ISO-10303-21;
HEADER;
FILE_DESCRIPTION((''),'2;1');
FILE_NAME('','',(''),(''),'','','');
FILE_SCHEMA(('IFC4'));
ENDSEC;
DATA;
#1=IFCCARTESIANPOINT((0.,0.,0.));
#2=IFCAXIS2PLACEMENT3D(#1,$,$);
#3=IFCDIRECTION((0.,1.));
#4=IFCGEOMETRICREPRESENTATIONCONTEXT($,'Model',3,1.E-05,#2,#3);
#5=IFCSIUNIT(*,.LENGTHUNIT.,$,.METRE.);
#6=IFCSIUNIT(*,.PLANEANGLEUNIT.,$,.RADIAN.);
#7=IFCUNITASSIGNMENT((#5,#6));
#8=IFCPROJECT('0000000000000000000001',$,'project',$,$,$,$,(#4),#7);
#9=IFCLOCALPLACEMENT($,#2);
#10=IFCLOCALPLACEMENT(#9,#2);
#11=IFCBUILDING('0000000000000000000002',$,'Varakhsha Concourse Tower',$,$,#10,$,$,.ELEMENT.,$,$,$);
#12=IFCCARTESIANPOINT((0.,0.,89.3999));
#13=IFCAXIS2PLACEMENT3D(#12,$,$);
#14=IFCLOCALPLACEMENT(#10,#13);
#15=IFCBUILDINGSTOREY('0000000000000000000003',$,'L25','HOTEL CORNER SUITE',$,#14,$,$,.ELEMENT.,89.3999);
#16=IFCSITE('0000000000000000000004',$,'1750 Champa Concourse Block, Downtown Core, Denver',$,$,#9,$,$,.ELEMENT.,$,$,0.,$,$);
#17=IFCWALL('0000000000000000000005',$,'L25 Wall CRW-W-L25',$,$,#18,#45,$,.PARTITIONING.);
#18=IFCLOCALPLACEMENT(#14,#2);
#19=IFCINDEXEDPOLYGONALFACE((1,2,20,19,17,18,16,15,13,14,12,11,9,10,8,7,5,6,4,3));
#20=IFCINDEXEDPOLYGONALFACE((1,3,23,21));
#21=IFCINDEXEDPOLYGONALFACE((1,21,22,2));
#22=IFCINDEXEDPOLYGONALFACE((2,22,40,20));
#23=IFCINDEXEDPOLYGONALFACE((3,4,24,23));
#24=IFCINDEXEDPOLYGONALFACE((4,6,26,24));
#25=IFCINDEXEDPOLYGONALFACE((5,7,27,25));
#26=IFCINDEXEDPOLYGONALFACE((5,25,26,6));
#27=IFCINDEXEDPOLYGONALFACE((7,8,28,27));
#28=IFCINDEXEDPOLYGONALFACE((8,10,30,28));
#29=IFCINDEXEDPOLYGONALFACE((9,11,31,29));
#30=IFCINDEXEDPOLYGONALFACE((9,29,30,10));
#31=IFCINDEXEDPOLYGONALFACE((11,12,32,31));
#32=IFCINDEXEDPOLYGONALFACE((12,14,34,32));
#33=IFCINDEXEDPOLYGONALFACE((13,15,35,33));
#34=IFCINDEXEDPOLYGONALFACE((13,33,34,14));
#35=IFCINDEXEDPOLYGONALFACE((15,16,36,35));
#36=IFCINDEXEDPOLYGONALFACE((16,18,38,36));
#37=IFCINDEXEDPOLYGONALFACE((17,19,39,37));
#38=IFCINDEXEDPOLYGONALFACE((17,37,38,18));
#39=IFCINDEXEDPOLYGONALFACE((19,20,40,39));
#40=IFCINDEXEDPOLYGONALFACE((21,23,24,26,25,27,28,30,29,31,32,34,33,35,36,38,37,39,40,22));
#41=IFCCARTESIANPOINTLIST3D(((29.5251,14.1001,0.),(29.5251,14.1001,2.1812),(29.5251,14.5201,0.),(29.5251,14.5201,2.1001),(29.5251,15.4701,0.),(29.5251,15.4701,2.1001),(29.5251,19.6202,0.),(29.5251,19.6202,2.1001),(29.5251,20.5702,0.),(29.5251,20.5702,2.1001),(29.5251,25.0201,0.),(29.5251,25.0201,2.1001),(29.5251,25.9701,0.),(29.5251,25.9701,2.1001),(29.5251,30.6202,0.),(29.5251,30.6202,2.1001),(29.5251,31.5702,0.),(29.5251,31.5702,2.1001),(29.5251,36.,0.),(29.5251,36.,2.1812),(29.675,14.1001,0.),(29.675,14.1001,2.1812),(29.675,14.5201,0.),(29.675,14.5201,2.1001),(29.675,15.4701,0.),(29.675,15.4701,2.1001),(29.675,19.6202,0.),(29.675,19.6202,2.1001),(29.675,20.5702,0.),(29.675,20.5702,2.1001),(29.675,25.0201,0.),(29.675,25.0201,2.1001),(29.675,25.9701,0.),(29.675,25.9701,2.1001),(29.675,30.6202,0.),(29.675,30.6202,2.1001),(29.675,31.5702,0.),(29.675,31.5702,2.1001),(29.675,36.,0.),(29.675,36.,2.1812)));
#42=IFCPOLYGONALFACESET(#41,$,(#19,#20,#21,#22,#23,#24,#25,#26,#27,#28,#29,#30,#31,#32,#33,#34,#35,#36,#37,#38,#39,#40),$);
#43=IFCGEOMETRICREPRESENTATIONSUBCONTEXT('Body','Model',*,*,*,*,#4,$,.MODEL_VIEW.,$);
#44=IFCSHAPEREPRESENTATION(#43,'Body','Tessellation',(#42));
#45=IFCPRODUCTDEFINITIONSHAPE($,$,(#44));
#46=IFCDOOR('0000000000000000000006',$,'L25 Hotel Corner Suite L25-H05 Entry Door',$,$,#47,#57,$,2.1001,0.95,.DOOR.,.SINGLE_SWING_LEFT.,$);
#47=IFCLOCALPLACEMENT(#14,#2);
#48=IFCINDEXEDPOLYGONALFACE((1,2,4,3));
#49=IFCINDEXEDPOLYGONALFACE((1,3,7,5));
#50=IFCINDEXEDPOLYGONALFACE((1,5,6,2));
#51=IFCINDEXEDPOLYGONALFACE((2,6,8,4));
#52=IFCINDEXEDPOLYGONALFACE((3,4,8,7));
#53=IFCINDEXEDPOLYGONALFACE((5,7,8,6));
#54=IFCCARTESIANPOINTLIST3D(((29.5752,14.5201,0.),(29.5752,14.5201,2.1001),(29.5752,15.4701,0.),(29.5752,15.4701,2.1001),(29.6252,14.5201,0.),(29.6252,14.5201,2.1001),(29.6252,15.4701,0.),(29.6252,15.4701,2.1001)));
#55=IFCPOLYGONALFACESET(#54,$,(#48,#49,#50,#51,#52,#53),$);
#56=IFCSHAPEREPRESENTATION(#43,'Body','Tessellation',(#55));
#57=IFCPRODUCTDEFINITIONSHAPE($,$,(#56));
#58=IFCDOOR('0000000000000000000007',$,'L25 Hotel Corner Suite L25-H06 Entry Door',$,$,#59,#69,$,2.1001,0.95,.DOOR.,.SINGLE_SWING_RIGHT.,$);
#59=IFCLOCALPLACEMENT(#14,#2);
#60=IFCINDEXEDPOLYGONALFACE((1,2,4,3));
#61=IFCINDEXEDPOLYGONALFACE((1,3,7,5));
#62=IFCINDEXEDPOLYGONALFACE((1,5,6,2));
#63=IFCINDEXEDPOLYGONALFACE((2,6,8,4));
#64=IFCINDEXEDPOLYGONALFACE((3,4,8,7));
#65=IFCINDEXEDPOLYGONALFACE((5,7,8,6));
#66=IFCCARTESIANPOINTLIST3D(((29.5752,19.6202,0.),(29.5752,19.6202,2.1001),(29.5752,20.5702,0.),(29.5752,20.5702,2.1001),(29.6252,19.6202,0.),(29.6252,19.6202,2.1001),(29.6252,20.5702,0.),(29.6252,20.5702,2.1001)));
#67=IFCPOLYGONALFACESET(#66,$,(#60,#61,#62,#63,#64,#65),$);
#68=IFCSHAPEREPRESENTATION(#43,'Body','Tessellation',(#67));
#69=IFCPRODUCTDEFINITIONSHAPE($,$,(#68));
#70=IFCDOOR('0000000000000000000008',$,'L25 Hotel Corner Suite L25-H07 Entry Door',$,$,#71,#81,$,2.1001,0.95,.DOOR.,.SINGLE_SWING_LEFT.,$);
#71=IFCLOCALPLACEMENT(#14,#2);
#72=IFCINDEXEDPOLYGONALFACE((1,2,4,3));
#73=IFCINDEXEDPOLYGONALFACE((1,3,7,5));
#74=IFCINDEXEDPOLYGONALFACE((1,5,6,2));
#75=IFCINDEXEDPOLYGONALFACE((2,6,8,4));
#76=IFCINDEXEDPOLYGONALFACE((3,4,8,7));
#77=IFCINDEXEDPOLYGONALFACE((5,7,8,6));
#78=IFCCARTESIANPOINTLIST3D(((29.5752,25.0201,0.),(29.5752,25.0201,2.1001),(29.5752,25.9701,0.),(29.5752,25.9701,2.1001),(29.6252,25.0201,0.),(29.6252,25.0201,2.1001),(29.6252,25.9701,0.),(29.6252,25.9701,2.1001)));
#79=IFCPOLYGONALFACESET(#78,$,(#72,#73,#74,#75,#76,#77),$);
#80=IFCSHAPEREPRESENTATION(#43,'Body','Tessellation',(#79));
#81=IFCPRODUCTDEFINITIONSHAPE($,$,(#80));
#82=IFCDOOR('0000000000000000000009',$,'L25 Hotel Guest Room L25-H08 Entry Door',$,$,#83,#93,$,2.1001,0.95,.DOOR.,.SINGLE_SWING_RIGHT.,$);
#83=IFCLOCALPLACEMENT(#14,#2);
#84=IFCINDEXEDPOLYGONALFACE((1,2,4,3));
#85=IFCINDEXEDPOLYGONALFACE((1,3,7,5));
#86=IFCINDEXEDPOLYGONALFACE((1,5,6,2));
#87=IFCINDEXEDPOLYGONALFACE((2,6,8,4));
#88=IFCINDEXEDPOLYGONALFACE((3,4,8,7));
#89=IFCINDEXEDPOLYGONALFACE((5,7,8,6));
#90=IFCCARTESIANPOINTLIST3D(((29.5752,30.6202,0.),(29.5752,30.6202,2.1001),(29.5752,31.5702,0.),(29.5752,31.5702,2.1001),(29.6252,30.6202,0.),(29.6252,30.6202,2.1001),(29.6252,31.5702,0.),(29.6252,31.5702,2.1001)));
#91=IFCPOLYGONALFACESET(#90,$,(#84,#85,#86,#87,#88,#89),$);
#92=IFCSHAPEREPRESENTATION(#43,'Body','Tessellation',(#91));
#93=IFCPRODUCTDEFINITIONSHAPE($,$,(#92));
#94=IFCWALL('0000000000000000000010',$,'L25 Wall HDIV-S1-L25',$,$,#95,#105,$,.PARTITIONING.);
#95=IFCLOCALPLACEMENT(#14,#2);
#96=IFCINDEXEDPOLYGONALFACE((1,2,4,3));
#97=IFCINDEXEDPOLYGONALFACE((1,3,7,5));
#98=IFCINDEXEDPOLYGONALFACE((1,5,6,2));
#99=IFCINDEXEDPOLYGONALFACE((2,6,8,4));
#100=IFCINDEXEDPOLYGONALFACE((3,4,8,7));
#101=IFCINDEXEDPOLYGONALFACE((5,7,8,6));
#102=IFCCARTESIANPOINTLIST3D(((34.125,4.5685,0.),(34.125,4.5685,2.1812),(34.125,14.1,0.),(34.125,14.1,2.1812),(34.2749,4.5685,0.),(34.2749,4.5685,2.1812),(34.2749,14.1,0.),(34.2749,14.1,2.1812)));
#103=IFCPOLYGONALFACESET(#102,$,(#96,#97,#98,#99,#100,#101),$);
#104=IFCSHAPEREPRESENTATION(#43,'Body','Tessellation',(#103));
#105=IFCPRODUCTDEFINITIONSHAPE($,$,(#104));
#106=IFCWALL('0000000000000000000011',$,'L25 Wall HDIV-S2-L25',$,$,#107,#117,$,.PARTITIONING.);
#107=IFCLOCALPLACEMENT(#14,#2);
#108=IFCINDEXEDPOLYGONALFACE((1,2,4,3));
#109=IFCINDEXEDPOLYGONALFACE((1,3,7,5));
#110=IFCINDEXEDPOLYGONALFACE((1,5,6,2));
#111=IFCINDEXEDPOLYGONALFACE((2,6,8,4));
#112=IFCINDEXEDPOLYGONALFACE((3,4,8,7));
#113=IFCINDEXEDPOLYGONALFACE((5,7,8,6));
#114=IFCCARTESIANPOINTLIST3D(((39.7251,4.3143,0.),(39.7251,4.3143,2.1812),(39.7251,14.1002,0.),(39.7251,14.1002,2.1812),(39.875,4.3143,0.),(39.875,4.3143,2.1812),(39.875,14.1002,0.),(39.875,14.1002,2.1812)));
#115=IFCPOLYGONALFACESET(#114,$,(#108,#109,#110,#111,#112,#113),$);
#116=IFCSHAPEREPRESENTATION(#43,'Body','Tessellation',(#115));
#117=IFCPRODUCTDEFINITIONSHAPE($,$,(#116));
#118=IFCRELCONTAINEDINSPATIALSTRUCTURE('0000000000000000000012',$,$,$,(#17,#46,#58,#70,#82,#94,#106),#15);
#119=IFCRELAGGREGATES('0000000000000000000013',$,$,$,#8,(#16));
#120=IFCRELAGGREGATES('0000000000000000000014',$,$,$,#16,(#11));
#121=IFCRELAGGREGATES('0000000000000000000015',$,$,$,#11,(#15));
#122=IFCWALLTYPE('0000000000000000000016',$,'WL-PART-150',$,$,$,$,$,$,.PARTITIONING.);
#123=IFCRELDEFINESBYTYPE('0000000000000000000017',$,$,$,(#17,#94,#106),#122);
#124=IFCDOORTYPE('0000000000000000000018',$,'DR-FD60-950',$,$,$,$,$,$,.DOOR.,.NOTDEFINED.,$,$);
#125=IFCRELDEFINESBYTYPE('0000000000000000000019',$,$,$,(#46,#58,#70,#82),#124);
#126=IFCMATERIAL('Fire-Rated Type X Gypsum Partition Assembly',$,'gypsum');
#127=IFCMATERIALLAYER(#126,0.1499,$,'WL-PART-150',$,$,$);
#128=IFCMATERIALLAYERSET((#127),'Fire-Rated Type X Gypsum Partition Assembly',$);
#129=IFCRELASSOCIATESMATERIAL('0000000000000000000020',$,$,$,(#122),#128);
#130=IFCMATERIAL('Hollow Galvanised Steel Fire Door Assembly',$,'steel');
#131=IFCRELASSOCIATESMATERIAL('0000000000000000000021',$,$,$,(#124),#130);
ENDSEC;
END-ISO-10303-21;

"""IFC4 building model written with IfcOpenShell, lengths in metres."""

from ifc_helpers import new_model, si_unit, direction, frame, frame_2d, origin, place, context, subcontext, project, spatial, rectangle, extrude, material, layer, layer_set, type_object, element, fill, save


model = new_model("IFC4")

# Units and contexts
model_context = context("Model", 3, precision=1e-05, world=origin(), true_north=direction((0.0, 1.0)))
body_context = subcontext(model_context, "Body", "Model", "MODEL_VIEW")
ifc_project = project(units=[si_unit("LENGTHUNIT", "METRE"), si_unit("PLANEANGLEUNIT", "RADIAN")], contexts=[model_context])

# Site, building, storey
site_placement = place(None, origin())
site = spatial("IfcSite", under=ifc_project, at=site_placement, Name="1750 Champa Concourse Block, Downtown Core, Denver", CompositionType="ELEMENT", RefElevation=0.0)
building_placement = place(site_placement, origin())
building = spatial("IfcBuilding", under=site, at=building_placement, Name="Varakhsha Concourse Tower", CompositionType="ELEMENT")
storey_placement = place(building_placement, frame((0.0, 0.0, 89.3999)))
storey = spatial("IfcBuildingStorey", under=building, at=storey_placement, Name="L25", Description="HOTEL CORNER SUITE", CompositionType="ELEMENT", Elevation=89.3999)

# Wall, openings, doors
ifc_material_1 = material(Name="Fire-Rated Type X Gypsum Partition Assembly", Category="gypsum")
ifc_layer_1 = layer(ifc_material_1, 0.1499, Name="WL-PART-150")
ifc_layer_set_1 = layer_set([ifc_layer_1], Name="Fire-Rated Type X Gypsum Partition Assembly")
wall_type_1 = type_object("IfcWallType", Name="WL-PART-150", PredefinedType="PARTITIONING", material=ifc_layer_set_1)
ifc_material_2 = material(Name="Hollow Galvanised Steel Fire Door Assembly", Category="steel")
door_type_1 = type_object("IfcDoorType", Name="DR-FD60-950", OperationType="NOTDEFINED", PredefinedType="DOOR", material=ifc_material_2)
wall_1_placement = place(storey_placement, frame((29.6001, 14.1001, 0.0), z_axis=(0.0, 0.0, 1.0), x_axis=(0.0, 1.0, 0.0)))
wall_1 = element("IfcWall", 1, at=wall_1_placement, inside=storey, type_object=wall_type_1, Name="L25 Wall CRW-W-L25", PredefinedType="PARTITIONING", context=body_context, shape_type="SweptSolid", body=[
    extrude(rectangle(XDim=21.8999, YDim=0.1499, at=frame_2d((10.95, 0.0))), origin(), (0.0, 0.0, 1.0), 2.1812),
])
opening_1_placement = place(wall_1_placement, frame((0.4199, 0.0, 0.0)))
opening_1 = element("IfcOpeningElement", 2, at=opening_1_placement, cuts=wall_1, PredefinedType="OPENING", context=body_context, shape_type="SweptSolid", body=[
    extrude(rectangle(XDim=0.95, YDim=2.1001, at=frame_2d((0.4751, 1.05))), frame((0.0, 0.085, 0.0), z_axis=(0.0, -1.0, 0.0), x_axis=(1.0, 0.0, 0.0)), (0.0, 0.0, 1.0), 0.1699),
])
opening_2_placement = place(wall_1_placement, frame((5.52, 0.0, 0.0)))
opening_2 = element("IfcOpeningElement", 3, at=opening_2_placement, cuts=wall_1, PredefinedType="OPENING", context=body_context, shape_type="SweptSolid", body=[
    extrude(rectangle(XDim=0.95, YDim=2.1001, at=frame_2d((0.4751, 1.05))), frame((0.0, 0.085, 0.0), z_axis=(0.0, -1.0, 0.0), x_axis=(1.0, 0.0, 0.0)), (0.0, 0.0, 1.0), 0.1699),
])
opening_3_placement = place(wall_1_placement, frame((10.9199, 0.0, 0.0)))
opening_3 = element("IfcOpeningElement", 4, at=opening_3_placement, cuts=wall_1, PredefinedType="OPENING", context=body_context, shape_type="SweptSolid", body=[
    extrude(rectangle(XDim=0.95, YDim=2.1001, at=frame_2d((0.4751, 1.05))), frame((0.0, 0.085, 0.0), z_axis=(0.0, -1.0, 0.0), x_axis=(1.0, 0.0, 0.0)), (0.0, 0.0, 1.0), 0.1699),
])
opening_4_placement = place(wall_1_placement, frame((16.52, 0.0, 0.0)))
opening_4 = element("IfcOpeningElement", 5, at=opening_4_placement, cuts=wall_1, PredefinedType="OPENING", context=body_context, shape_type="SweptSolid", body=[
    extrude(rectangle(XDim=0.95, YDim=2.1001, at=frame_2d((0.4751, 1.05))), frame((0.0, 0.085, 0.0), z_axis=(0.0, -1.0, 0.0), x_axis=(1.0, 0.0, 0.0)), (0.0, 0.0, 1.0), 0.1699),
])
door_1_placement = place(opening_1_placement, origin())
door_1 = element("IfcDoor", 6, at=door_1_placement, inside=storey, type_object=door_type_1, Name="L25 Hotel Corner Suite L25-H05 Entry Door", OperationType="SINGLE_SWING_LEFT", OverallHeight=2.1001, OverallWidth=0.95, PredefinedType="DOOR", context=body_context, shape_type="SweptSolid", body=[
    extrude(rectangle(XDim=0.95, YDim=2.1001, at=frame_2d((0.4751, 1.05))), frame((0.0, 0.0249, 0.0), z_axis=(0.0, -1.0, 0.0), x_axis=(1.0, 0.0, 0.0)), (0.0, 0.0, 1.0), 0.05),
])
fill(opening_1, door_1)
door_2_placement = place(opening_2_placement, origin())
door_2 = element("IfcDoor", 7, at=door_2_placement, inside=storey, type_object=door_type_1, Name="L25 Hotel Corner Suite L25-H06 Entry Door", OperationType="SINGLE_SWING_RIGHT", OverallHeight=2.1001, OverallWidth=0.95, PredefinedType="DOOR", context=body_context, shape_type="SweptSolid", body=[
    extrude(rectangle(XDim=0.95, YDim=2.1001, at=frame_2d((0.4751, 1.05))), frame((0.0, 0.0249, 0.0), z_axis=(0.0, -1.0, 0.0), x_axis=(1.0, 0.0, 0.0)), (0.0, 0.0, 1.0), 0.05),
])
fill(opening_2, door_2)
door_3_placement = place(opening_3_placement, origin())
door_3 = element("IfcDoor", 8, at=door_3_placement, inside=storey, type_object=door_type_1, Name="L25 Hotel Corner Suite L25-H07 Entry Door", OperationType="SINGLE_SWING_LEFT", OverallHeight=2.1001, OverallWidth=0.95, PredefinedType="DOOR", context=body_context, shape_type="SweptSolid", body=[
    extrude(rectangle(XDim=0.95, YDim=2.1001, at=frame_2d((0.4751, 1.05))), frame((0.0, 0.0249, 0.0), z_axis=(0.0, -1.0, 0.0), x_axis=(1.0, 0.0, 0.0)), (0.0, 0.0, 1.0), 0.05),
])
fill(opening_3, door_3)
door_4_placement = place(opening_4_placement, origin())
door_4 = element("IfcDoor", 9, at=door_4_placement, inside=storey, type_object=door_type_1, Name="L25 Hotel Guest Room L25-H08 Entry Door", OperationType="SINGLE_SWING_RIGHT", OverallHeight=2.1001, OverallWidth=0.95, PredefinedType="DOOR", context=body_context, shape_type="SweptSolid", body=[
    extrude(rectangle(XDim=0.95, YDim=2.1001, at=frame_2d((0.4751, 1.05))), frame((0.0, 0.0249, 0.0), z_axis=(0.0, -1.0, 0.0), x_axis=(1.0, 0.0, 0.0)), (0.0, 0.0, 1.0), 0.05),
])
fill(opening_4, door_4)

# Walls
wall_2_placement = place(storey_placement, frame((34.2, 4.5686, 0.0), z_axis=(0.0, 0.0, 1.0), x_axis=(0.0, 1.0, 0.0)))
element("IfcWall", 10, at=wall_2_placement, inside=storey, type_object=wall_type_1, Name="L25 Wall HDIV-S1-L25", PredefinedType="PARTITIONING", context=body_context, shape_type="SweptSolid", body=[
    extrude(rectangle(XDim=9.5315, YDim=0.1499, at=frame_2d((4.7656, 0.0))), origin(), (0.0, 0.0, 1.0), 2.1812),
])
wall_3_placement = place(storey_placement, frame((39.8, 4.3142, 0.0), z_axis=(0.0, 0.0, 1.0), x_axis=(0.0, 1.0, 0.0)))
element("IfcWall", 11, at=wall_3_placement, inside=storey, type_object=wall_type_1, Name="L25 Wall HDIV-S2-L25", PredefinedType="PARTITIONING", context=body_context, shape_type="SweptSolid", body=[
    extrude(rectangle(XDim=9.7859, YDim=0.1499, at=frame_2d((4.8931, 0.0))), origin(), (0.0, 0.0, 1.0), 2.1812),
])

save(model, "model.ifc")
